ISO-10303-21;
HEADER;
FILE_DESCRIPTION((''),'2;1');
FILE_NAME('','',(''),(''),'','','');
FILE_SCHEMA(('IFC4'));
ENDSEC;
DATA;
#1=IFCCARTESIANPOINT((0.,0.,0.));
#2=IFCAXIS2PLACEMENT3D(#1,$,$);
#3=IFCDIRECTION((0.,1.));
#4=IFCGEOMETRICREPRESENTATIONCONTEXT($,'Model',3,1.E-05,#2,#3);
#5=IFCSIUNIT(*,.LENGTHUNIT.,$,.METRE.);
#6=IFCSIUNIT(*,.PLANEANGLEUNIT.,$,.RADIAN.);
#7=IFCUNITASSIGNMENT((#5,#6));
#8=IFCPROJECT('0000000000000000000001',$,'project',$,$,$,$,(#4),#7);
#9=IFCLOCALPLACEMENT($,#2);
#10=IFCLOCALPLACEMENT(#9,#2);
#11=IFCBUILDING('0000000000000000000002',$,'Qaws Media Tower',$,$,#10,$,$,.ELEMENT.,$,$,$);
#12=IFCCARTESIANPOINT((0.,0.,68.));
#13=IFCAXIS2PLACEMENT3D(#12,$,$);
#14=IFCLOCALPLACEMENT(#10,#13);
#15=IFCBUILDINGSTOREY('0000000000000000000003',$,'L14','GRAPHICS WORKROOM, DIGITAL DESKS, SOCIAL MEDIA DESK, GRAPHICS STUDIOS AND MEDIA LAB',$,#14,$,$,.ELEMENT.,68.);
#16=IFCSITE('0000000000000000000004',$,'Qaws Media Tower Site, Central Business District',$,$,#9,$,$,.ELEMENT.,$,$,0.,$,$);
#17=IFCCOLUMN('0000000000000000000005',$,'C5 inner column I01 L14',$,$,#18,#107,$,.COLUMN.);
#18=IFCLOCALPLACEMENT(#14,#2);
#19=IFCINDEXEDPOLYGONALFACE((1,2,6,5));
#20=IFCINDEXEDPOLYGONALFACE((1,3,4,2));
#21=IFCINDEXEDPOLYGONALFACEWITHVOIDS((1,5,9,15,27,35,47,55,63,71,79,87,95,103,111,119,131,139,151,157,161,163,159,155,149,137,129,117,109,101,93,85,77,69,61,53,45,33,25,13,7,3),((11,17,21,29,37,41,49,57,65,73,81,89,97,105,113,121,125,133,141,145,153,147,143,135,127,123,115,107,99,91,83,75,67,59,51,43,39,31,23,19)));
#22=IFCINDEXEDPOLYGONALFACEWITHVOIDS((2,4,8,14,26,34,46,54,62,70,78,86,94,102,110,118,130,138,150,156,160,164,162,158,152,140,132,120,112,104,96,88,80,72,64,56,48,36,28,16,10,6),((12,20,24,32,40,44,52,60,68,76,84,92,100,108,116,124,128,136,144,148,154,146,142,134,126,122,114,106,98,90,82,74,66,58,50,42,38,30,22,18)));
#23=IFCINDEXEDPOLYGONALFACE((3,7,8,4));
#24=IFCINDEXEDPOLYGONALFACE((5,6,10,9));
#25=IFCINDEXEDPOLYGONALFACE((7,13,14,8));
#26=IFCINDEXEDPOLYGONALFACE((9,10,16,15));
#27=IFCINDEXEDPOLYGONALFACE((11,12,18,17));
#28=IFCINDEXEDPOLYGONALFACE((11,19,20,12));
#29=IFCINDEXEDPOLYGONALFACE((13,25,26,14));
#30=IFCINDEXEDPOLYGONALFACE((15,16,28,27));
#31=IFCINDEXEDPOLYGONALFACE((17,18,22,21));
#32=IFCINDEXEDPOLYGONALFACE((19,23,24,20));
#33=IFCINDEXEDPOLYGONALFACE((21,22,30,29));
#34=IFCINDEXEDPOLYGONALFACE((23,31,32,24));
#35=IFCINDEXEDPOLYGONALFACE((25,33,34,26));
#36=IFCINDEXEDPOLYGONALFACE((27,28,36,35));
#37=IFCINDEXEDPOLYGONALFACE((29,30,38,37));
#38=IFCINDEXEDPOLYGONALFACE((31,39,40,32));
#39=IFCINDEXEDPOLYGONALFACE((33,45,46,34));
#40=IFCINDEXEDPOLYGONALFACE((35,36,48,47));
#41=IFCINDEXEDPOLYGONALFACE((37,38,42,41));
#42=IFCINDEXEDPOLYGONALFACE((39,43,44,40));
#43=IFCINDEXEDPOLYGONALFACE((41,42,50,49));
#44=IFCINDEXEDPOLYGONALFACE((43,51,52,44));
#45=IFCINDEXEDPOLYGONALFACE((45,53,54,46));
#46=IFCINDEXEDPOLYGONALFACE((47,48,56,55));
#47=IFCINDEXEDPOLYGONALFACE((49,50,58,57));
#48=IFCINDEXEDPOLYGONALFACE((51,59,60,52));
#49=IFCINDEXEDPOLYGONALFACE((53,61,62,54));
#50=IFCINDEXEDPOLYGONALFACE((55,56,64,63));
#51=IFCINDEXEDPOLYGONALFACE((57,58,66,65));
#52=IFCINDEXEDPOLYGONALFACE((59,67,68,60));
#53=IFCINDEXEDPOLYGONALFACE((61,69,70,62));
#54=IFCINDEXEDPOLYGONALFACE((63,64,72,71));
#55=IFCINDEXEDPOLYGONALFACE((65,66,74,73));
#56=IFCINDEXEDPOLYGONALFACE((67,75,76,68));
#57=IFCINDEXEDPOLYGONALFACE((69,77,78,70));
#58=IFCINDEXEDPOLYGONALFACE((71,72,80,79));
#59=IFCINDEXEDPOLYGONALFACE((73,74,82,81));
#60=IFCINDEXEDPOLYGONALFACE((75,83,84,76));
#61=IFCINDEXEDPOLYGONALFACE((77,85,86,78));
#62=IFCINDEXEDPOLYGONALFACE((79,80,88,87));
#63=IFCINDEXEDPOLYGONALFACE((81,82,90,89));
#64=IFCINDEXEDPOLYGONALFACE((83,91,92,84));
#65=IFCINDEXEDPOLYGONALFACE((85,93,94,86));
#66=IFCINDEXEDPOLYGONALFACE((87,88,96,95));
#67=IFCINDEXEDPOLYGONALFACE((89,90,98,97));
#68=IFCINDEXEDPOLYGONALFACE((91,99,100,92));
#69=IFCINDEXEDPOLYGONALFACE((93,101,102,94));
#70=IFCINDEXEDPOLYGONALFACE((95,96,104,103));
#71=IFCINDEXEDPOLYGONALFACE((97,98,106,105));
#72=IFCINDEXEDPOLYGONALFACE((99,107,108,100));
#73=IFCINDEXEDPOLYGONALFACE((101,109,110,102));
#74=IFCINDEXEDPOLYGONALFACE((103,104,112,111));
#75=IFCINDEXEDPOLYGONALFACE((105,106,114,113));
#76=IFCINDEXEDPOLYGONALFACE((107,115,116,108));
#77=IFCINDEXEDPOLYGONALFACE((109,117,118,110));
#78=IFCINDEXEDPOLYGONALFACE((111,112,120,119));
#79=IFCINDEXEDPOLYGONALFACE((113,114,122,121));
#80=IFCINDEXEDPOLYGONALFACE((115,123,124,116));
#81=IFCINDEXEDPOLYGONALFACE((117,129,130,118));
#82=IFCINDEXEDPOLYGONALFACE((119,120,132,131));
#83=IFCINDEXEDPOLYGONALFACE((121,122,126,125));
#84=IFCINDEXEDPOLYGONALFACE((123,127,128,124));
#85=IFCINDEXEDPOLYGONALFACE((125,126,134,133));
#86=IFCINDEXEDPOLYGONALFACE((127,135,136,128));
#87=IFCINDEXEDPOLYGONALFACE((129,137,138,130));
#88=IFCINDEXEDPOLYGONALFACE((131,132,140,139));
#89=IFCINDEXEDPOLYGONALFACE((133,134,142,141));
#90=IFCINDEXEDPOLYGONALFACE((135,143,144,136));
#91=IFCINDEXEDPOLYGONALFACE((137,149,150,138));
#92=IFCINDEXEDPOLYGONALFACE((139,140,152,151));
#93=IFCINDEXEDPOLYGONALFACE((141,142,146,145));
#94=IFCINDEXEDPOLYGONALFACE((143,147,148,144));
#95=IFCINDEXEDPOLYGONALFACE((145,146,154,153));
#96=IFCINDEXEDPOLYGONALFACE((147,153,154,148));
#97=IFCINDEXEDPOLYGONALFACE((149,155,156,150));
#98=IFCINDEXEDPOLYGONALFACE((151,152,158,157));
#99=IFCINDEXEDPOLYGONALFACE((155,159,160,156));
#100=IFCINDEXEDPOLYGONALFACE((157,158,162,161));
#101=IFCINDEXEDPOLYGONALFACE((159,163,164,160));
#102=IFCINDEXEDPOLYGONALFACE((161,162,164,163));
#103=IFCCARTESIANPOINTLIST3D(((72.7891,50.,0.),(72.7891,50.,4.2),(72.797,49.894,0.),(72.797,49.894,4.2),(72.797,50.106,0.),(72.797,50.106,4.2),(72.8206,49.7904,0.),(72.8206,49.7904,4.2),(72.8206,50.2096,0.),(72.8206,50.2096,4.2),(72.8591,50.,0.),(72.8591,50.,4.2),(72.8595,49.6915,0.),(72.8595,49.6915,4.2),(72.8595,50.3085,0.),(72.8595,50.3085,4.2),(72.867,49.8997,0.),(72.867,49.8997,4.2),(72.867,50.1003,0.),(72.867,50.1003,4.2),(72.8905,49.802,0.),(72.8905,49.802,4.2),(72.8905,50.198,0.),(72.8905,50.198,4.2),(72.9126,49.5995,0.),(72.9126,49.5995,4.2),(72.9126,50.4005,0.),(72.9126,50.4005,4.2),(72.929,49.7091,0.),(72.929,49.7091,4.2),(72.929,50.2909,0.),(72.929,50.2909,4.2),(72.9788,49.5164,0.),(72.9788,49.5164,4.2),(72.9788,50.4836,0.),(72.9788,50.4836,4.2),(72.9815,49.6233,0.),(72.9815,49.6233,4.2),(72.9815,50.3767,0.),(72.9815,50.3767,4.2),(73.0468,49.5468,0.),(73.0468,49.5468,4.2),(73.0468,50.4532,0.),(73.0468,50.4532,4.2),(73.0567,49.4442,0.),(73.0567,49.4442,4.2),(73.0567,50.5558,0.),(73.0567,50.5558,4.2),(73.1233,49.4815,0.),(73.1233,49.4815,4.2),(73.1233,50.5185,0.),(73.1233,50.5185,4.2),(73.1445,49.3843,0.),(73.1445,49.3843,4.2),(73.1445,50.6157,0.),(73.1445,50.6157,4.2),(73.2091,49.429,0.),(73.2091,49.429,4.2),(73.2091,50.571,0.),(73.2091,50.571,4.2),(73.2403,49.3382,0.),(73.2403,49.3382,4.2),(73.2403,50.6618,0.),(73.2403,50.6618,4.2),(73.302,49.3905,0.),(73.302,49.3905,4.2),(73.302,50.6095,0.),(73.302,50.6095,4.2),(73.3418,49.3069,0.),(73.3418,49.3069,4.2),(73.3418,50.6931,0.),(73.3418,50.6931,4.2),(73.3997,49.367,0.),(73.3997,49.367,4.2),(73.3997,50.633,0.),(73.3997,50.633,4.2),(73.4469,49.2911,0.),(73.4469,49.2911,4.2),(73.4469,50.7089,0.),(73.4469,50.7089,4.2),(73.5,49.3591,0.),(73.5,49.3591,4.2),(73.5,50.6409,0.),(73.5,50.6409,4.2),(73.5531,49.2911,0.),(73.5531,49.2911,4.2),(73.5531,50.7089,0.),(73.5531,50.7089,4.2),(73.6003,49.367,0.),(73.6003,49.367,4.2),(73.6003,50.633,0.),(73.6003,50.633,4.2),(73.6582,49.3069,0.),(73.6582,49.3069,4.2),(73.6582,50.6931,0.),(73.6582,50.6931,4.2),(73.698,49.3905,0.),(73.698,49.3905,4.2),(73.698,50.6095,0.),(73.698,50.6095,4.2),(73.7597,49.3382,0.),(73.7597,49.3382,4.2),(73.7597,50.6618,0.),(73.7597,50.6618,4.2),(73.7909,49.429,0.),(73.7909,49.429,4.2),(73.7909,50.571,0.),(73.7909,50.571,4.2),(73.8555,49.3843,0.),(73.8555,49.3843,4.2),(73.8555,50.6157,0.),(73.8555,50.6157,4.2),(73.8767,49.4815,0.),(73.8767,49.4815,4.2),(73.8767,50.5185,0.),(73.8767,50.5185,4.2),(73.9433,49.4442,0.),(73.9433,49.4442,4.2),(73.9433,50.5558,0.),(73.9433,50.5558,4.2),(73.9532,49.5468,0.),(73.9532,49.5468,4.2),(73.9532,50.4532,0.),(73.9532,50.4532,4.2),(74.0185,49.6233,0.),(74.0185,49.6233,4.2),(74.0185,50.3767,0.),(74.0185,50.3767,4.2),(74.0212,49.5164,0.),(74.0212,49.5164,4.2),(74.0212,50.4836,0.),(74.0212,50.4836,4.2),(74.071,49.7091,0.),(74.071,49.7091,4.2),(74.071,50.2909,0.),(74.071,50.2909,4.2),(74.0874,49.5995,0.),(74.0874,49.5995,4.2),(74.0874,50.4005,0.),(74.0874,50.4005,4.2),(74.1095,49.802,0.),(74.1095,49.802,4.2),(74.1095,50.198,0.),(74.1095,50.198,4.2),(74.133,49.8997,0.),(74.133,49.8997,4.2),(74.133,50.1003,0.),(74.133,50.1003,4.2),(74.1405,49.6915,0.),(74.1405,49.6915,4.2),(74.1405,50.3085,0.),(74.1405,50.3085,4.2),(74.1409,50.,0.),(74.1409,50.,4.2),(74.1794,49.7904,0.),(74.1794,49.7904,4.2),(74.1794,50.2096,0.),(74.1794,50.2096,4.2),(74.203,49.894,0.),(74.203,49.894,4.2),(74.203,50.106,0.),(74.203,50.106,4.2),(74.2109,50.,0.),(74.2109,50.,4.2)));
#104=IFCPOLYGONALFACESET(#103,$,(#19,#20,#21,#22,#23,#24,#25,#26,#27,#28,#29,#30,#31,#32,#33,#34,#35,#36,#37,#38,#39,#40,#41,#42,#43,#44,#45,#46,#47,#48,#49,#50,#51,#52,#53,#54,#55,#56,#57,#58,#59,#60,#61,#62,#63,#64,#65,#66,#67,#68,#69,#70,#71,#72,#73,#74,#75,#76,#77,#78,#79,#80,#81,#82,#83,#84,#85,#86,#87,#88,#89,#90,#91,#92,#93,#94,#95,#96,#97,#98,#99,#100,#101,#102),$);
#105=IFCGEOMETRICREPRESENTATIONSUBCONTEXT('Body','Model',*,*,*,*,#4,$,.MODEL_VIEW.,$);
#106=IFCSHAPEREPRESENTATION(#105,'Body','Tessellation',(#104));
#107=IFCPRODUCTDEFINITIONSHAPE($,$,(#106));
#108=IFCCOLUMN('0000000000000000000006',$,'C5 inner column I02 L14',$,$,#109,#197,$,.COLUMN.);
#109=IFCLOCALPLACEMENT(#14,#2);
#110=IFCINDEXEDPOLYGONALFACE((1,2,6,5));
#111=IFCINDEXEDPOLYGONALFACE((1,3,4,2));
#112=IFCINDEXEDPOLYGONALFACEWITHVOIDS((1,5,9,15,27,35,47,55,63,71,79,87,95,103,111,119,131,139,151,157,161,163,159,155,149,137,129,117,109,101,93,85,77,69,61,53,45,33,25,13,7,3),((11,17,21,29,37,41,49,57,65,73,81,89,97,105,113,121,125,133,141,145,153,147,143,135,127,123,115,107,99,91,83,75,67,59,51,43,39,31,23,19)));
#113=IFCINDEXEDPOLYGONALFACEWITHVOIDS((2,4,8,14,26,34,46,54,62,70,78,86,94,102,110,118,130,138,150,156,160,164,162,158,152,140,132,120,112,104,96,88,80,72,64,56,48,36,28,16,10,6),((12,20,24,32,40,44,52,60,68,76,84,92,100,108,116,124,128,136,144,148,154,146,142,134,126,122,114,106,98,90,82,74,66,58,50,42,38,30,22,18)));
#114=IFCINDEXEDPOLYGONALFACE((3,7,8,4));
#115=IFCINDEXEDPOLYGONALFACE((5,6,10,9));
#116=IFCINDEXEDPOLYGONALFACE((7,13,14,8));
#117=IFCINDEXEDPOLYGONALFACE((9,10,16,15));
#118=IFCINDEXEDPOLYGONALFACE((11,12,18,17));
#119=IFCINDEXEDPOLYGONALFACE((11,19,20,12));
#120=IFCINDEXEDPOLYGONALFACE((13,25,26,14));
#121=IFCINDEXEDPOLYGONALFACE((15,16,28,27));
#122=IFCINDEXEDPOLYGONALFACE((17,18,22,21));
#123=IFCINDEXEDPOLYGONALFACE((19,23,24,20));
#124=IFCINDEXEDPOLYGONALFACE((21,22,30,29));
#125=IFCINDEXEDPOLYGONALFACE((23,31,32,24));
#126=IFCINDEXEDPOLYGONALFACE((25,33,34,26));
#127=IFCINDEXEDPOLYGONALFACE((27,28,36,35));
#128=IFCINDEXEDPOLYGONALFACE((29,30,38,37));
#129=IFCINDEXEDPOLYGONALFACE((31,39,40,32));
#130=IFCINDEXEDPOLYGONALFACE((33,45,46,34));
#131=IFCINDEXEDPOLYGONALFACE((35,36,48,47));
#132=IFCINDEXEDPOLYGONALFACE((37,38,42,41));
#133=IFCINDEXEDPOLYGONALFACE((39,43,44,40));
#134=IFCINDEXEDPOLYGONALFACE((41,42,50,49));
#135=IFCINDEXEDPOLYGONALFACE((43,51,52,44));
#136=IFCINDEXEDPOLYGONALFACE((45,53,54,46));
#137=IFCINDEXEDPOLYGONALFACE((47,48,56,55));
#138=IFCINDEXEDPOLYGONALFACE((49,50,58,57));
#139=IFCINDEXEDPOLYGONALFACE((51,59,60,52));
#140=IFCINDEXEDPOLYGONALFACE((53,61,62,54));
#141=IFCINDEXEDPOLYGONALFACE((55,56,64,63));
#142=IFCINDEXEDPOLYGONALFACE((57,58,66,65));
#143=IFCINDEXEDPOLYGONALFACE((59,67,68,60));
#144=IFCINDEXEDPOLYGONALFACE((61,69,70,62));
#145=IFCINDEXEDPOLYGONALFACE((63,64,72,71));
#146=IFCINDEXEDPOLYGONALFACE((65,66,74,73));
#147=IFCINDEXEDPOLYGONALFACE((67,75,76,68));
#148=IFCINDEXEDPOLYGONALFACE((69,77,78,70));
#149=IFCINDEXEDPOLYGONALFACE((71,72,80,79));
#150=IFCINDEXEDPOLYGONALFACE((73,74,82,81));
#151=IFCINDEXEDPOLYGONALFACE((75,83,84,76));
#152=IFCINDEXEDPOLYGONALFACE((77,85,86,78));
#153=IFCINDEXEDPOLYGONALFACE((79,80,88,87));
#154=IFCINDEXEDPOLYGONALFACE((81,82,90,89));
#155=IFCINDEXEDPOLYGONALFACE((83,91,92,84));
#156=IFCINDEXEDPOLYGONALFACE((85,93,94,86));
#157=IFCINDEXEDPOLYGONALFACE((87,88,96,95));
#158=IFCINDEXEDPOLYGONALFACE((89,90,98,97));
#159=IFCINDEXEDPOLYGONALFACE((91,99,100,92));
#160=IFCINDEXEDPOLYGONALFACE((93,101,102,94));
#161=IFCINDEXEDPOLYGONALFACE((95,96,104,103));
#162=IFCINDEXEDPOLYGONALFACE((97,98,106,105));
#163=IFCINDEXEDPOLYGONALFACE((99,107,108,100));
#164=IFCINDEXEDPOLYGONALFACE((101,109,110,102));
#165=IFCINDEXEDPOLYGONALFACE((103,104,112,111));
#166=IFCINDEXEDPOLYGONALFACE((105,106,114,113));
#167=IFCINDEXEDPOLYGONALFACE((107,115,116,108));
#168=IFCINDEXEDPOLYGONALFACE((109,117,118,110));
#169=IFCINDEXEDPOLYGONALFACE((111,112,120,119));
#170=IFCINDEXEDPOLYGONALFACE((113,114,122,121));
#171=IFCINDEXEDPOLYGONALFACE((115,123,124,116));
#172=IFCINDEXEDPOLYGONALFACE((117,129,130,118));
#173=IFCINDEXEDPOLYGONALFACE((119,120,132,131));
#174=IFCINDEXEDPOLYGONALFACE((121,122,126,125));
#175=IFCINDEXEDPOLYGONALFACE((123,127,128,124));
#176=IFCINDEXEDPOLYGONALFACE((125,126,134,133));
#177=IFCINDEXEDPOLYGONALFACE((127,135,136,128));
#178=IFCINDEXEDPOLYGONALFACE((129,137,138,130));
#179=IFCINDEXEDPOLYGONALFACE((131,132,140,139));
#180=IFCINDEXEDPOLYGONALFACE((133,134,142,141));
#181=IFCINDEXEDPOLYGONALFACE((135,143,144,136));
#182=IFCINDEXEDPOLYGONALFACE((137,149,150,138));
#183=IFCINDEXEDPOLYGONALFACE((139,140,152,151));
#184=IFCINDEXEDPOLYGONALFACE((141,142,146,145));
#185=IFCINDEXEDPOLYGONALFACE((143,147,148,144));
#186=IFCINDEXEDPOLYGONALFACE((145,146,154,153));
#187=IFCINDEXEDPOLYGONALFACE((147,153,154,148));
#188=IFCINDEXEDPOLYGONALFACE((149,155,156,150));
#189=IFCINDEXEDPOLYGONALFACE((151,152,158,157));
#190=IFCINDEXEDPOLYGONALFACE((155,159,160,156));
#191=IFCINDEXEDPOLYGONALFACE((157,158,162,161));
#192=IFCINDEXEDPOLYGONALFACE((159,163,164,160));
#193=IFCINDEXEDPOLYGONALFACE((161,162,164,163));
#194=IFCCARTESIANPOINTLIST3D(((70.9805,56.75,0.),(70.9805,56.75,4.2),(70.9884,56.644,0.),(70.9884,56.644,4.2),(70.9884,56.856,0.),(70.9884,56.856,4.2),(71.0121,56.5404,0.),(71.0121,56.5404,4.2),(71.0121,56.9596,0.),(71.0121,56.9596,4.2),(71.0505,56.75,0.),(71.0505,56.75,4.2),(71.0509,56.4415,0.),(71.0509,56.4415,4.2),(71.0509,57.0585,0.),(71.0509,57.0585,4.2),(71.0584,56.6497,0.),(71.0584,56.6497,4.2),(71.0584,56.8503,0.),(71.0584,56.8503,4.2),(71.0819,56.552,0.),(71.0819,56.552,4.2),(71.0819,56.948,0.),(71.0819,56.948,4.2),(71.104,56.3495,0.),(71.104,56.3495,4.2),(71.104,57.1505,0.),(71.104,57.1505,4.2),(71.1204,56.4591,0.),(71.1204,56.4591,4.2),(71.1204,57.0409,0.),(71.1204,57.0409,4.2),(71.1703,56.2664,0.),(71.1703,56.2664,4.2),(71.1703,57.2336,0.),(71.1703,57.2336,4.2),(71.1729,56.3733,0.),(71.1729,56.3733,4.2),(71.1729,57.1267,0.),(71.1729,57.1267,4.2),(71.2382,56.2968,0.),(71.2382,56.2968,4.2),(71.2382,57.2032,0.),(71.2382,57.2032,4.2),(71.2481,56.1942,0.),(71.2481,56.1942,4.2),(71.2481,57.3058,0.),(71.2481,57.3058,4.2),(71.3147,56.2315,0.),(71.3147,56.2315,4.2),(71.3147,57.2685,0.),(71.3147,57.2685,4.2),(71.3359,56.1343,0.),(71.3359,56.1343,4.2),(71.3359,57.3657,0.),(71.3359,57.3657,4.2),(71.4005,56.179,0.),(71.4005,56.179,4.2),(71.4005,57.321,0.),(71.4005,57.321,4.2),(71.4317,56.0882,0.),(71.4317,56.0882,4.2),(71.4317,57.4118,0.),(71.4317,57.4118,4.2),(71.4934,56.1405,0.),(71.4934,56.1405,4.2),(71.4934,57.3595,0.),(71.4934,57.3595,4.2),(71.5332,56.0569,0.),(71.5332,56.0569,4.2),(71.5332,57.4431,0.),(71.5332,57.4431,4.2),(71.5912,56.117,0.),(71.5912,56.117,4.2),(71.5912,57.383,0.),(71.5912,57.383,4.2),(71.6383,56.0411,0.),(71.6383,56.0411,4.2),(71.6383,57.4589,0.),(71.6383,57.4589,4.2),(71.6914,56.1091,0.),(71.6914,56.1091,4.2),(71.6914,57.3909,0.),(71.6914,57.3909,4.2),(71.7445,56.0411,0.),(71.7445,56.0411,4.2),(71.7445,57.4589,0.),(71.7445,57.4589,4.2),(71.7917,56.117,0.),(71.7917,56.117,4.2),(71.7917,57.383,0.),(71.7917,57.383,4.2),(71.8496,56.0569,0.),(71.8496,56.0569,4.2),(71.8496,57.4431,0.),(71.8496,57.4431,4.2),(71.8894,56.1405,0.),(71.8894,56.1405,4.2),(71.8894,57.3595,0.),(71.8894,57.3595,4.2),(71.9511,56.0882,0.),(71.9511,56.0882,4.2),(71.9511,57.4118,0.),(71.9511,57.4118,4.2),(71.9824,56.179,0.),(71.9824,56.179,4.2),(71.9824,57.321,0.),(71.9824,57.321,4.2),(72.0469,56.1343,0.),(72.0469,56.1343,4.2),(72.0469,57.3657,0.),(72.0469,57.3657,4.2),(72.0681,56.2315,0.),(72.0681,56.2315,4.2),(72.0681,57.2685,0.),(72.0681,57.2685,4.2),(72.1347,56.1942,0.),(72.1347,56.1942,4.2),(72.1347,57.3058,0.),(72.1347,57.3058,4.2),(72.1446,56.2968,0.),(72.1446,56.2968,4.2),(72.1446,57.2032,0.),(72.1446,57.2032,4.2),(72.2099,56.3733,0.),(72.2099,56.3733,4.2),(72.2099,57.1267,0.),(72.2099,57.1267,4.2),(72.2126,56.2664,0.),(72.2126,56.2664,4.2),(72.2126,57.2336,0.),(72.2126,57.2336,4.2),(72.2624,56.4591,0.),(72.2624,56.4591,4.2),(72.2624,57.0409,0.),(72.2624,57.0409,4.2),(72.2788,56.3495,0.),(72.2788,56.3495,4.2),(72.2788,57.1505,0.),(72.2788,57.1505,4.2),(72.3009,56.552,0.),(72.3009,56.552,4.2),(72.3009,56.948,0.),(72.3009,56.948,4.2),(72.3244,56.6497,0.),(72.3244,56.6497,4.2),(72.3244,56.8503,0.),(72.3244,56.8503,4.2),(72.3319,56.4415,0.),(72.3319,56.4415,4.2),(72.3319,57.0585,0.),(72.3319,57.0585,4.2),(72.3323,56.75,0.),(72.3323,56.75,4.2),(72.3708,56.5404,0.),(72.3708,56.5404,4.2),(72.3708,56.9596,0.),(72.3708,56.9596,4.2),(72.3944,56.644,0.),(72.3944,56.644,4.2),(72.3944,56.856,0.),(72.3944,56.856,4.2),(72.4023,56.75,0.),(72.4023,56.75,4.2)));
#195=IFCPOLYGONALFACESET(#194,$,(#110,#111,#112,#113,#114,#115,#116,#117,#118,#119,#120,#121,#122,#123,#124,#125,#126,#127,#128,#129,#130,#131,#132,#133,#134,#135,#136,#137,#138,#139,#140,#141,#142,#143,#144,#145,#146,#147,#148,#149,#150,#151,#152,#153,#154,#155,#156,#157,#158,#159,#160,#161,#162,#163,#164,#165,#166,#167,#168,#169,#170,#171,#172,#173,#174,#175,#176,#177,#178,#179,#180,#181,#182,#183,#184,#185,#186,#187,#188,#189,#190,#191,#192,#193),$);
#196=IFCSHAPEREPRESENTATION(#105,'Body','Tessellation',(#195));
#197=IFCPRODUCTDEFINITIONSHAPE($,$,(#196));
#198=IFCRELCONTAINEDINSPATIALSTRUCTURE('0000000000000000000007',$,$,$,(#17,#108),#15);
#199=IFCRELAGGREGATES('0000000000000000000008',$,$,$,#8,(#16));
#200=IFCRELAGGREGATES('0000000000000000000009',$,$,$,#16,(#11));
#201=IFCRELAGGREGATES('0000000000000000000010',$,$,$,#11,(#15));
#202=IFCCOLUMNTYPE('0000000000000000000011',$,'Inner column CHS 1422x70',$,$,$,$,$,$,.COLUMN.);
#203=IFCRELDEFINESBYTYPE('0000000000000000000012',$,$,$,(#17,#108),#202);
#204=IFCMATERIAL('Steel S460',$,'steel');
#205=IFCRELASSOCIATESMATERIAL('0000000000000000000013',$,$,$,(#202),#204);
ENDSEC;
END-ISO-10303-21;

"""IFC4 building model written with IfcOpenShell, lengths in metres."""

from ifc_helpers import new_model, si_unit, direction, frame, origin, origin_2d, place, context, subcontext, project, spatial, hollow_circle, extrude, material, material_profile, profile_set, type_object, element, save


model = new_model("IFC4")

# Units and contexts
model_context = context("Model", 3, precision=1e-05, world=origin(), true_north=direction((0.0, 1.0)))
body_context = subcontext(model_context, "Body", "Model", "MODEL_VIEW")
ifc_project = project(units=[si_unit("LENGTHUNIT", "METRE"), si_unit("PLANEANGLEUNIT", "RADIAN")], contexts=[model_context])

# Site, building, storey
site_placement = place(None, origin())
site = spatial("IfcSite", under=ifc_project, at=site_placement, Name="Qaws Media Tower Site, Central Business District", CompositionType="ELEMENT", RefElevation=0.0)
building_placement = place(site_placement, origin())
building = spatial("IfcBuilding", under=site, at=building_placement, Name="Qaws Media Tower", CompositionType="ELEMENT")
storey_placement = place(building_placement, frame((0.0, 0.0, 68.0)))
storey = spatial("IfcBuildingStorey", under=building, at=storey_placement, Name="L14", Description="GRAPHICS WORKROOM, DIGITAL DESKS, SOCIAL MEDIA DESK, GRAPHICS STUDIOS AND MEDIA LAB", CompositionType="ELEMENT", Elevation=68.0)

# Columns
ifc_material_1 = material(Name="Steel S460", Category="steel")
ifc_material_profile_1 = material_profile(ifc_material_1, hollow_circle(Radius=0.7109, WallThickness=0.0701, at=origin_2d()), Name="CHS 1422x70")
ifc_profile_set_1 = profile_set([ifc_material_profile_1], Name="Steel S460")
column_type = type_object("IfcColumnType", Name="Inner column CHS 1422x70", PredefinedType="COLUMN", material=ifc_profile_set_1)
for number, where, z_axis, x_axis, name in (
    (1, (73.5, 50.0, 0.0), (0.0, 0.0, 1.0), (1.0, 0.0, 0.0), "C5 inner column I01 L14"),
    (2, (71.6914, 56.75, 0.0), (0.0, 0.0, 1.0), (1.0, 0.0, 0.0), "C5 inner column I02 L14"),
):
    element("IfcColumn", number, at=place(storey_placement, frame(where, z_axis=z_axis, x_axis=x_axis)), inside=storey, type_object=column_type, Name=name, PredefinedType="COLUMN", context=body_context, shape_type="SweptSolid", body=[
        extrude(hollow_circle(Radius=0.7109, WallThickness=0.0701, at=origin_2d()), origin(), (0.0, 0.0, 1.0), 4.2),
    ])

save(model, "model.ifc")
